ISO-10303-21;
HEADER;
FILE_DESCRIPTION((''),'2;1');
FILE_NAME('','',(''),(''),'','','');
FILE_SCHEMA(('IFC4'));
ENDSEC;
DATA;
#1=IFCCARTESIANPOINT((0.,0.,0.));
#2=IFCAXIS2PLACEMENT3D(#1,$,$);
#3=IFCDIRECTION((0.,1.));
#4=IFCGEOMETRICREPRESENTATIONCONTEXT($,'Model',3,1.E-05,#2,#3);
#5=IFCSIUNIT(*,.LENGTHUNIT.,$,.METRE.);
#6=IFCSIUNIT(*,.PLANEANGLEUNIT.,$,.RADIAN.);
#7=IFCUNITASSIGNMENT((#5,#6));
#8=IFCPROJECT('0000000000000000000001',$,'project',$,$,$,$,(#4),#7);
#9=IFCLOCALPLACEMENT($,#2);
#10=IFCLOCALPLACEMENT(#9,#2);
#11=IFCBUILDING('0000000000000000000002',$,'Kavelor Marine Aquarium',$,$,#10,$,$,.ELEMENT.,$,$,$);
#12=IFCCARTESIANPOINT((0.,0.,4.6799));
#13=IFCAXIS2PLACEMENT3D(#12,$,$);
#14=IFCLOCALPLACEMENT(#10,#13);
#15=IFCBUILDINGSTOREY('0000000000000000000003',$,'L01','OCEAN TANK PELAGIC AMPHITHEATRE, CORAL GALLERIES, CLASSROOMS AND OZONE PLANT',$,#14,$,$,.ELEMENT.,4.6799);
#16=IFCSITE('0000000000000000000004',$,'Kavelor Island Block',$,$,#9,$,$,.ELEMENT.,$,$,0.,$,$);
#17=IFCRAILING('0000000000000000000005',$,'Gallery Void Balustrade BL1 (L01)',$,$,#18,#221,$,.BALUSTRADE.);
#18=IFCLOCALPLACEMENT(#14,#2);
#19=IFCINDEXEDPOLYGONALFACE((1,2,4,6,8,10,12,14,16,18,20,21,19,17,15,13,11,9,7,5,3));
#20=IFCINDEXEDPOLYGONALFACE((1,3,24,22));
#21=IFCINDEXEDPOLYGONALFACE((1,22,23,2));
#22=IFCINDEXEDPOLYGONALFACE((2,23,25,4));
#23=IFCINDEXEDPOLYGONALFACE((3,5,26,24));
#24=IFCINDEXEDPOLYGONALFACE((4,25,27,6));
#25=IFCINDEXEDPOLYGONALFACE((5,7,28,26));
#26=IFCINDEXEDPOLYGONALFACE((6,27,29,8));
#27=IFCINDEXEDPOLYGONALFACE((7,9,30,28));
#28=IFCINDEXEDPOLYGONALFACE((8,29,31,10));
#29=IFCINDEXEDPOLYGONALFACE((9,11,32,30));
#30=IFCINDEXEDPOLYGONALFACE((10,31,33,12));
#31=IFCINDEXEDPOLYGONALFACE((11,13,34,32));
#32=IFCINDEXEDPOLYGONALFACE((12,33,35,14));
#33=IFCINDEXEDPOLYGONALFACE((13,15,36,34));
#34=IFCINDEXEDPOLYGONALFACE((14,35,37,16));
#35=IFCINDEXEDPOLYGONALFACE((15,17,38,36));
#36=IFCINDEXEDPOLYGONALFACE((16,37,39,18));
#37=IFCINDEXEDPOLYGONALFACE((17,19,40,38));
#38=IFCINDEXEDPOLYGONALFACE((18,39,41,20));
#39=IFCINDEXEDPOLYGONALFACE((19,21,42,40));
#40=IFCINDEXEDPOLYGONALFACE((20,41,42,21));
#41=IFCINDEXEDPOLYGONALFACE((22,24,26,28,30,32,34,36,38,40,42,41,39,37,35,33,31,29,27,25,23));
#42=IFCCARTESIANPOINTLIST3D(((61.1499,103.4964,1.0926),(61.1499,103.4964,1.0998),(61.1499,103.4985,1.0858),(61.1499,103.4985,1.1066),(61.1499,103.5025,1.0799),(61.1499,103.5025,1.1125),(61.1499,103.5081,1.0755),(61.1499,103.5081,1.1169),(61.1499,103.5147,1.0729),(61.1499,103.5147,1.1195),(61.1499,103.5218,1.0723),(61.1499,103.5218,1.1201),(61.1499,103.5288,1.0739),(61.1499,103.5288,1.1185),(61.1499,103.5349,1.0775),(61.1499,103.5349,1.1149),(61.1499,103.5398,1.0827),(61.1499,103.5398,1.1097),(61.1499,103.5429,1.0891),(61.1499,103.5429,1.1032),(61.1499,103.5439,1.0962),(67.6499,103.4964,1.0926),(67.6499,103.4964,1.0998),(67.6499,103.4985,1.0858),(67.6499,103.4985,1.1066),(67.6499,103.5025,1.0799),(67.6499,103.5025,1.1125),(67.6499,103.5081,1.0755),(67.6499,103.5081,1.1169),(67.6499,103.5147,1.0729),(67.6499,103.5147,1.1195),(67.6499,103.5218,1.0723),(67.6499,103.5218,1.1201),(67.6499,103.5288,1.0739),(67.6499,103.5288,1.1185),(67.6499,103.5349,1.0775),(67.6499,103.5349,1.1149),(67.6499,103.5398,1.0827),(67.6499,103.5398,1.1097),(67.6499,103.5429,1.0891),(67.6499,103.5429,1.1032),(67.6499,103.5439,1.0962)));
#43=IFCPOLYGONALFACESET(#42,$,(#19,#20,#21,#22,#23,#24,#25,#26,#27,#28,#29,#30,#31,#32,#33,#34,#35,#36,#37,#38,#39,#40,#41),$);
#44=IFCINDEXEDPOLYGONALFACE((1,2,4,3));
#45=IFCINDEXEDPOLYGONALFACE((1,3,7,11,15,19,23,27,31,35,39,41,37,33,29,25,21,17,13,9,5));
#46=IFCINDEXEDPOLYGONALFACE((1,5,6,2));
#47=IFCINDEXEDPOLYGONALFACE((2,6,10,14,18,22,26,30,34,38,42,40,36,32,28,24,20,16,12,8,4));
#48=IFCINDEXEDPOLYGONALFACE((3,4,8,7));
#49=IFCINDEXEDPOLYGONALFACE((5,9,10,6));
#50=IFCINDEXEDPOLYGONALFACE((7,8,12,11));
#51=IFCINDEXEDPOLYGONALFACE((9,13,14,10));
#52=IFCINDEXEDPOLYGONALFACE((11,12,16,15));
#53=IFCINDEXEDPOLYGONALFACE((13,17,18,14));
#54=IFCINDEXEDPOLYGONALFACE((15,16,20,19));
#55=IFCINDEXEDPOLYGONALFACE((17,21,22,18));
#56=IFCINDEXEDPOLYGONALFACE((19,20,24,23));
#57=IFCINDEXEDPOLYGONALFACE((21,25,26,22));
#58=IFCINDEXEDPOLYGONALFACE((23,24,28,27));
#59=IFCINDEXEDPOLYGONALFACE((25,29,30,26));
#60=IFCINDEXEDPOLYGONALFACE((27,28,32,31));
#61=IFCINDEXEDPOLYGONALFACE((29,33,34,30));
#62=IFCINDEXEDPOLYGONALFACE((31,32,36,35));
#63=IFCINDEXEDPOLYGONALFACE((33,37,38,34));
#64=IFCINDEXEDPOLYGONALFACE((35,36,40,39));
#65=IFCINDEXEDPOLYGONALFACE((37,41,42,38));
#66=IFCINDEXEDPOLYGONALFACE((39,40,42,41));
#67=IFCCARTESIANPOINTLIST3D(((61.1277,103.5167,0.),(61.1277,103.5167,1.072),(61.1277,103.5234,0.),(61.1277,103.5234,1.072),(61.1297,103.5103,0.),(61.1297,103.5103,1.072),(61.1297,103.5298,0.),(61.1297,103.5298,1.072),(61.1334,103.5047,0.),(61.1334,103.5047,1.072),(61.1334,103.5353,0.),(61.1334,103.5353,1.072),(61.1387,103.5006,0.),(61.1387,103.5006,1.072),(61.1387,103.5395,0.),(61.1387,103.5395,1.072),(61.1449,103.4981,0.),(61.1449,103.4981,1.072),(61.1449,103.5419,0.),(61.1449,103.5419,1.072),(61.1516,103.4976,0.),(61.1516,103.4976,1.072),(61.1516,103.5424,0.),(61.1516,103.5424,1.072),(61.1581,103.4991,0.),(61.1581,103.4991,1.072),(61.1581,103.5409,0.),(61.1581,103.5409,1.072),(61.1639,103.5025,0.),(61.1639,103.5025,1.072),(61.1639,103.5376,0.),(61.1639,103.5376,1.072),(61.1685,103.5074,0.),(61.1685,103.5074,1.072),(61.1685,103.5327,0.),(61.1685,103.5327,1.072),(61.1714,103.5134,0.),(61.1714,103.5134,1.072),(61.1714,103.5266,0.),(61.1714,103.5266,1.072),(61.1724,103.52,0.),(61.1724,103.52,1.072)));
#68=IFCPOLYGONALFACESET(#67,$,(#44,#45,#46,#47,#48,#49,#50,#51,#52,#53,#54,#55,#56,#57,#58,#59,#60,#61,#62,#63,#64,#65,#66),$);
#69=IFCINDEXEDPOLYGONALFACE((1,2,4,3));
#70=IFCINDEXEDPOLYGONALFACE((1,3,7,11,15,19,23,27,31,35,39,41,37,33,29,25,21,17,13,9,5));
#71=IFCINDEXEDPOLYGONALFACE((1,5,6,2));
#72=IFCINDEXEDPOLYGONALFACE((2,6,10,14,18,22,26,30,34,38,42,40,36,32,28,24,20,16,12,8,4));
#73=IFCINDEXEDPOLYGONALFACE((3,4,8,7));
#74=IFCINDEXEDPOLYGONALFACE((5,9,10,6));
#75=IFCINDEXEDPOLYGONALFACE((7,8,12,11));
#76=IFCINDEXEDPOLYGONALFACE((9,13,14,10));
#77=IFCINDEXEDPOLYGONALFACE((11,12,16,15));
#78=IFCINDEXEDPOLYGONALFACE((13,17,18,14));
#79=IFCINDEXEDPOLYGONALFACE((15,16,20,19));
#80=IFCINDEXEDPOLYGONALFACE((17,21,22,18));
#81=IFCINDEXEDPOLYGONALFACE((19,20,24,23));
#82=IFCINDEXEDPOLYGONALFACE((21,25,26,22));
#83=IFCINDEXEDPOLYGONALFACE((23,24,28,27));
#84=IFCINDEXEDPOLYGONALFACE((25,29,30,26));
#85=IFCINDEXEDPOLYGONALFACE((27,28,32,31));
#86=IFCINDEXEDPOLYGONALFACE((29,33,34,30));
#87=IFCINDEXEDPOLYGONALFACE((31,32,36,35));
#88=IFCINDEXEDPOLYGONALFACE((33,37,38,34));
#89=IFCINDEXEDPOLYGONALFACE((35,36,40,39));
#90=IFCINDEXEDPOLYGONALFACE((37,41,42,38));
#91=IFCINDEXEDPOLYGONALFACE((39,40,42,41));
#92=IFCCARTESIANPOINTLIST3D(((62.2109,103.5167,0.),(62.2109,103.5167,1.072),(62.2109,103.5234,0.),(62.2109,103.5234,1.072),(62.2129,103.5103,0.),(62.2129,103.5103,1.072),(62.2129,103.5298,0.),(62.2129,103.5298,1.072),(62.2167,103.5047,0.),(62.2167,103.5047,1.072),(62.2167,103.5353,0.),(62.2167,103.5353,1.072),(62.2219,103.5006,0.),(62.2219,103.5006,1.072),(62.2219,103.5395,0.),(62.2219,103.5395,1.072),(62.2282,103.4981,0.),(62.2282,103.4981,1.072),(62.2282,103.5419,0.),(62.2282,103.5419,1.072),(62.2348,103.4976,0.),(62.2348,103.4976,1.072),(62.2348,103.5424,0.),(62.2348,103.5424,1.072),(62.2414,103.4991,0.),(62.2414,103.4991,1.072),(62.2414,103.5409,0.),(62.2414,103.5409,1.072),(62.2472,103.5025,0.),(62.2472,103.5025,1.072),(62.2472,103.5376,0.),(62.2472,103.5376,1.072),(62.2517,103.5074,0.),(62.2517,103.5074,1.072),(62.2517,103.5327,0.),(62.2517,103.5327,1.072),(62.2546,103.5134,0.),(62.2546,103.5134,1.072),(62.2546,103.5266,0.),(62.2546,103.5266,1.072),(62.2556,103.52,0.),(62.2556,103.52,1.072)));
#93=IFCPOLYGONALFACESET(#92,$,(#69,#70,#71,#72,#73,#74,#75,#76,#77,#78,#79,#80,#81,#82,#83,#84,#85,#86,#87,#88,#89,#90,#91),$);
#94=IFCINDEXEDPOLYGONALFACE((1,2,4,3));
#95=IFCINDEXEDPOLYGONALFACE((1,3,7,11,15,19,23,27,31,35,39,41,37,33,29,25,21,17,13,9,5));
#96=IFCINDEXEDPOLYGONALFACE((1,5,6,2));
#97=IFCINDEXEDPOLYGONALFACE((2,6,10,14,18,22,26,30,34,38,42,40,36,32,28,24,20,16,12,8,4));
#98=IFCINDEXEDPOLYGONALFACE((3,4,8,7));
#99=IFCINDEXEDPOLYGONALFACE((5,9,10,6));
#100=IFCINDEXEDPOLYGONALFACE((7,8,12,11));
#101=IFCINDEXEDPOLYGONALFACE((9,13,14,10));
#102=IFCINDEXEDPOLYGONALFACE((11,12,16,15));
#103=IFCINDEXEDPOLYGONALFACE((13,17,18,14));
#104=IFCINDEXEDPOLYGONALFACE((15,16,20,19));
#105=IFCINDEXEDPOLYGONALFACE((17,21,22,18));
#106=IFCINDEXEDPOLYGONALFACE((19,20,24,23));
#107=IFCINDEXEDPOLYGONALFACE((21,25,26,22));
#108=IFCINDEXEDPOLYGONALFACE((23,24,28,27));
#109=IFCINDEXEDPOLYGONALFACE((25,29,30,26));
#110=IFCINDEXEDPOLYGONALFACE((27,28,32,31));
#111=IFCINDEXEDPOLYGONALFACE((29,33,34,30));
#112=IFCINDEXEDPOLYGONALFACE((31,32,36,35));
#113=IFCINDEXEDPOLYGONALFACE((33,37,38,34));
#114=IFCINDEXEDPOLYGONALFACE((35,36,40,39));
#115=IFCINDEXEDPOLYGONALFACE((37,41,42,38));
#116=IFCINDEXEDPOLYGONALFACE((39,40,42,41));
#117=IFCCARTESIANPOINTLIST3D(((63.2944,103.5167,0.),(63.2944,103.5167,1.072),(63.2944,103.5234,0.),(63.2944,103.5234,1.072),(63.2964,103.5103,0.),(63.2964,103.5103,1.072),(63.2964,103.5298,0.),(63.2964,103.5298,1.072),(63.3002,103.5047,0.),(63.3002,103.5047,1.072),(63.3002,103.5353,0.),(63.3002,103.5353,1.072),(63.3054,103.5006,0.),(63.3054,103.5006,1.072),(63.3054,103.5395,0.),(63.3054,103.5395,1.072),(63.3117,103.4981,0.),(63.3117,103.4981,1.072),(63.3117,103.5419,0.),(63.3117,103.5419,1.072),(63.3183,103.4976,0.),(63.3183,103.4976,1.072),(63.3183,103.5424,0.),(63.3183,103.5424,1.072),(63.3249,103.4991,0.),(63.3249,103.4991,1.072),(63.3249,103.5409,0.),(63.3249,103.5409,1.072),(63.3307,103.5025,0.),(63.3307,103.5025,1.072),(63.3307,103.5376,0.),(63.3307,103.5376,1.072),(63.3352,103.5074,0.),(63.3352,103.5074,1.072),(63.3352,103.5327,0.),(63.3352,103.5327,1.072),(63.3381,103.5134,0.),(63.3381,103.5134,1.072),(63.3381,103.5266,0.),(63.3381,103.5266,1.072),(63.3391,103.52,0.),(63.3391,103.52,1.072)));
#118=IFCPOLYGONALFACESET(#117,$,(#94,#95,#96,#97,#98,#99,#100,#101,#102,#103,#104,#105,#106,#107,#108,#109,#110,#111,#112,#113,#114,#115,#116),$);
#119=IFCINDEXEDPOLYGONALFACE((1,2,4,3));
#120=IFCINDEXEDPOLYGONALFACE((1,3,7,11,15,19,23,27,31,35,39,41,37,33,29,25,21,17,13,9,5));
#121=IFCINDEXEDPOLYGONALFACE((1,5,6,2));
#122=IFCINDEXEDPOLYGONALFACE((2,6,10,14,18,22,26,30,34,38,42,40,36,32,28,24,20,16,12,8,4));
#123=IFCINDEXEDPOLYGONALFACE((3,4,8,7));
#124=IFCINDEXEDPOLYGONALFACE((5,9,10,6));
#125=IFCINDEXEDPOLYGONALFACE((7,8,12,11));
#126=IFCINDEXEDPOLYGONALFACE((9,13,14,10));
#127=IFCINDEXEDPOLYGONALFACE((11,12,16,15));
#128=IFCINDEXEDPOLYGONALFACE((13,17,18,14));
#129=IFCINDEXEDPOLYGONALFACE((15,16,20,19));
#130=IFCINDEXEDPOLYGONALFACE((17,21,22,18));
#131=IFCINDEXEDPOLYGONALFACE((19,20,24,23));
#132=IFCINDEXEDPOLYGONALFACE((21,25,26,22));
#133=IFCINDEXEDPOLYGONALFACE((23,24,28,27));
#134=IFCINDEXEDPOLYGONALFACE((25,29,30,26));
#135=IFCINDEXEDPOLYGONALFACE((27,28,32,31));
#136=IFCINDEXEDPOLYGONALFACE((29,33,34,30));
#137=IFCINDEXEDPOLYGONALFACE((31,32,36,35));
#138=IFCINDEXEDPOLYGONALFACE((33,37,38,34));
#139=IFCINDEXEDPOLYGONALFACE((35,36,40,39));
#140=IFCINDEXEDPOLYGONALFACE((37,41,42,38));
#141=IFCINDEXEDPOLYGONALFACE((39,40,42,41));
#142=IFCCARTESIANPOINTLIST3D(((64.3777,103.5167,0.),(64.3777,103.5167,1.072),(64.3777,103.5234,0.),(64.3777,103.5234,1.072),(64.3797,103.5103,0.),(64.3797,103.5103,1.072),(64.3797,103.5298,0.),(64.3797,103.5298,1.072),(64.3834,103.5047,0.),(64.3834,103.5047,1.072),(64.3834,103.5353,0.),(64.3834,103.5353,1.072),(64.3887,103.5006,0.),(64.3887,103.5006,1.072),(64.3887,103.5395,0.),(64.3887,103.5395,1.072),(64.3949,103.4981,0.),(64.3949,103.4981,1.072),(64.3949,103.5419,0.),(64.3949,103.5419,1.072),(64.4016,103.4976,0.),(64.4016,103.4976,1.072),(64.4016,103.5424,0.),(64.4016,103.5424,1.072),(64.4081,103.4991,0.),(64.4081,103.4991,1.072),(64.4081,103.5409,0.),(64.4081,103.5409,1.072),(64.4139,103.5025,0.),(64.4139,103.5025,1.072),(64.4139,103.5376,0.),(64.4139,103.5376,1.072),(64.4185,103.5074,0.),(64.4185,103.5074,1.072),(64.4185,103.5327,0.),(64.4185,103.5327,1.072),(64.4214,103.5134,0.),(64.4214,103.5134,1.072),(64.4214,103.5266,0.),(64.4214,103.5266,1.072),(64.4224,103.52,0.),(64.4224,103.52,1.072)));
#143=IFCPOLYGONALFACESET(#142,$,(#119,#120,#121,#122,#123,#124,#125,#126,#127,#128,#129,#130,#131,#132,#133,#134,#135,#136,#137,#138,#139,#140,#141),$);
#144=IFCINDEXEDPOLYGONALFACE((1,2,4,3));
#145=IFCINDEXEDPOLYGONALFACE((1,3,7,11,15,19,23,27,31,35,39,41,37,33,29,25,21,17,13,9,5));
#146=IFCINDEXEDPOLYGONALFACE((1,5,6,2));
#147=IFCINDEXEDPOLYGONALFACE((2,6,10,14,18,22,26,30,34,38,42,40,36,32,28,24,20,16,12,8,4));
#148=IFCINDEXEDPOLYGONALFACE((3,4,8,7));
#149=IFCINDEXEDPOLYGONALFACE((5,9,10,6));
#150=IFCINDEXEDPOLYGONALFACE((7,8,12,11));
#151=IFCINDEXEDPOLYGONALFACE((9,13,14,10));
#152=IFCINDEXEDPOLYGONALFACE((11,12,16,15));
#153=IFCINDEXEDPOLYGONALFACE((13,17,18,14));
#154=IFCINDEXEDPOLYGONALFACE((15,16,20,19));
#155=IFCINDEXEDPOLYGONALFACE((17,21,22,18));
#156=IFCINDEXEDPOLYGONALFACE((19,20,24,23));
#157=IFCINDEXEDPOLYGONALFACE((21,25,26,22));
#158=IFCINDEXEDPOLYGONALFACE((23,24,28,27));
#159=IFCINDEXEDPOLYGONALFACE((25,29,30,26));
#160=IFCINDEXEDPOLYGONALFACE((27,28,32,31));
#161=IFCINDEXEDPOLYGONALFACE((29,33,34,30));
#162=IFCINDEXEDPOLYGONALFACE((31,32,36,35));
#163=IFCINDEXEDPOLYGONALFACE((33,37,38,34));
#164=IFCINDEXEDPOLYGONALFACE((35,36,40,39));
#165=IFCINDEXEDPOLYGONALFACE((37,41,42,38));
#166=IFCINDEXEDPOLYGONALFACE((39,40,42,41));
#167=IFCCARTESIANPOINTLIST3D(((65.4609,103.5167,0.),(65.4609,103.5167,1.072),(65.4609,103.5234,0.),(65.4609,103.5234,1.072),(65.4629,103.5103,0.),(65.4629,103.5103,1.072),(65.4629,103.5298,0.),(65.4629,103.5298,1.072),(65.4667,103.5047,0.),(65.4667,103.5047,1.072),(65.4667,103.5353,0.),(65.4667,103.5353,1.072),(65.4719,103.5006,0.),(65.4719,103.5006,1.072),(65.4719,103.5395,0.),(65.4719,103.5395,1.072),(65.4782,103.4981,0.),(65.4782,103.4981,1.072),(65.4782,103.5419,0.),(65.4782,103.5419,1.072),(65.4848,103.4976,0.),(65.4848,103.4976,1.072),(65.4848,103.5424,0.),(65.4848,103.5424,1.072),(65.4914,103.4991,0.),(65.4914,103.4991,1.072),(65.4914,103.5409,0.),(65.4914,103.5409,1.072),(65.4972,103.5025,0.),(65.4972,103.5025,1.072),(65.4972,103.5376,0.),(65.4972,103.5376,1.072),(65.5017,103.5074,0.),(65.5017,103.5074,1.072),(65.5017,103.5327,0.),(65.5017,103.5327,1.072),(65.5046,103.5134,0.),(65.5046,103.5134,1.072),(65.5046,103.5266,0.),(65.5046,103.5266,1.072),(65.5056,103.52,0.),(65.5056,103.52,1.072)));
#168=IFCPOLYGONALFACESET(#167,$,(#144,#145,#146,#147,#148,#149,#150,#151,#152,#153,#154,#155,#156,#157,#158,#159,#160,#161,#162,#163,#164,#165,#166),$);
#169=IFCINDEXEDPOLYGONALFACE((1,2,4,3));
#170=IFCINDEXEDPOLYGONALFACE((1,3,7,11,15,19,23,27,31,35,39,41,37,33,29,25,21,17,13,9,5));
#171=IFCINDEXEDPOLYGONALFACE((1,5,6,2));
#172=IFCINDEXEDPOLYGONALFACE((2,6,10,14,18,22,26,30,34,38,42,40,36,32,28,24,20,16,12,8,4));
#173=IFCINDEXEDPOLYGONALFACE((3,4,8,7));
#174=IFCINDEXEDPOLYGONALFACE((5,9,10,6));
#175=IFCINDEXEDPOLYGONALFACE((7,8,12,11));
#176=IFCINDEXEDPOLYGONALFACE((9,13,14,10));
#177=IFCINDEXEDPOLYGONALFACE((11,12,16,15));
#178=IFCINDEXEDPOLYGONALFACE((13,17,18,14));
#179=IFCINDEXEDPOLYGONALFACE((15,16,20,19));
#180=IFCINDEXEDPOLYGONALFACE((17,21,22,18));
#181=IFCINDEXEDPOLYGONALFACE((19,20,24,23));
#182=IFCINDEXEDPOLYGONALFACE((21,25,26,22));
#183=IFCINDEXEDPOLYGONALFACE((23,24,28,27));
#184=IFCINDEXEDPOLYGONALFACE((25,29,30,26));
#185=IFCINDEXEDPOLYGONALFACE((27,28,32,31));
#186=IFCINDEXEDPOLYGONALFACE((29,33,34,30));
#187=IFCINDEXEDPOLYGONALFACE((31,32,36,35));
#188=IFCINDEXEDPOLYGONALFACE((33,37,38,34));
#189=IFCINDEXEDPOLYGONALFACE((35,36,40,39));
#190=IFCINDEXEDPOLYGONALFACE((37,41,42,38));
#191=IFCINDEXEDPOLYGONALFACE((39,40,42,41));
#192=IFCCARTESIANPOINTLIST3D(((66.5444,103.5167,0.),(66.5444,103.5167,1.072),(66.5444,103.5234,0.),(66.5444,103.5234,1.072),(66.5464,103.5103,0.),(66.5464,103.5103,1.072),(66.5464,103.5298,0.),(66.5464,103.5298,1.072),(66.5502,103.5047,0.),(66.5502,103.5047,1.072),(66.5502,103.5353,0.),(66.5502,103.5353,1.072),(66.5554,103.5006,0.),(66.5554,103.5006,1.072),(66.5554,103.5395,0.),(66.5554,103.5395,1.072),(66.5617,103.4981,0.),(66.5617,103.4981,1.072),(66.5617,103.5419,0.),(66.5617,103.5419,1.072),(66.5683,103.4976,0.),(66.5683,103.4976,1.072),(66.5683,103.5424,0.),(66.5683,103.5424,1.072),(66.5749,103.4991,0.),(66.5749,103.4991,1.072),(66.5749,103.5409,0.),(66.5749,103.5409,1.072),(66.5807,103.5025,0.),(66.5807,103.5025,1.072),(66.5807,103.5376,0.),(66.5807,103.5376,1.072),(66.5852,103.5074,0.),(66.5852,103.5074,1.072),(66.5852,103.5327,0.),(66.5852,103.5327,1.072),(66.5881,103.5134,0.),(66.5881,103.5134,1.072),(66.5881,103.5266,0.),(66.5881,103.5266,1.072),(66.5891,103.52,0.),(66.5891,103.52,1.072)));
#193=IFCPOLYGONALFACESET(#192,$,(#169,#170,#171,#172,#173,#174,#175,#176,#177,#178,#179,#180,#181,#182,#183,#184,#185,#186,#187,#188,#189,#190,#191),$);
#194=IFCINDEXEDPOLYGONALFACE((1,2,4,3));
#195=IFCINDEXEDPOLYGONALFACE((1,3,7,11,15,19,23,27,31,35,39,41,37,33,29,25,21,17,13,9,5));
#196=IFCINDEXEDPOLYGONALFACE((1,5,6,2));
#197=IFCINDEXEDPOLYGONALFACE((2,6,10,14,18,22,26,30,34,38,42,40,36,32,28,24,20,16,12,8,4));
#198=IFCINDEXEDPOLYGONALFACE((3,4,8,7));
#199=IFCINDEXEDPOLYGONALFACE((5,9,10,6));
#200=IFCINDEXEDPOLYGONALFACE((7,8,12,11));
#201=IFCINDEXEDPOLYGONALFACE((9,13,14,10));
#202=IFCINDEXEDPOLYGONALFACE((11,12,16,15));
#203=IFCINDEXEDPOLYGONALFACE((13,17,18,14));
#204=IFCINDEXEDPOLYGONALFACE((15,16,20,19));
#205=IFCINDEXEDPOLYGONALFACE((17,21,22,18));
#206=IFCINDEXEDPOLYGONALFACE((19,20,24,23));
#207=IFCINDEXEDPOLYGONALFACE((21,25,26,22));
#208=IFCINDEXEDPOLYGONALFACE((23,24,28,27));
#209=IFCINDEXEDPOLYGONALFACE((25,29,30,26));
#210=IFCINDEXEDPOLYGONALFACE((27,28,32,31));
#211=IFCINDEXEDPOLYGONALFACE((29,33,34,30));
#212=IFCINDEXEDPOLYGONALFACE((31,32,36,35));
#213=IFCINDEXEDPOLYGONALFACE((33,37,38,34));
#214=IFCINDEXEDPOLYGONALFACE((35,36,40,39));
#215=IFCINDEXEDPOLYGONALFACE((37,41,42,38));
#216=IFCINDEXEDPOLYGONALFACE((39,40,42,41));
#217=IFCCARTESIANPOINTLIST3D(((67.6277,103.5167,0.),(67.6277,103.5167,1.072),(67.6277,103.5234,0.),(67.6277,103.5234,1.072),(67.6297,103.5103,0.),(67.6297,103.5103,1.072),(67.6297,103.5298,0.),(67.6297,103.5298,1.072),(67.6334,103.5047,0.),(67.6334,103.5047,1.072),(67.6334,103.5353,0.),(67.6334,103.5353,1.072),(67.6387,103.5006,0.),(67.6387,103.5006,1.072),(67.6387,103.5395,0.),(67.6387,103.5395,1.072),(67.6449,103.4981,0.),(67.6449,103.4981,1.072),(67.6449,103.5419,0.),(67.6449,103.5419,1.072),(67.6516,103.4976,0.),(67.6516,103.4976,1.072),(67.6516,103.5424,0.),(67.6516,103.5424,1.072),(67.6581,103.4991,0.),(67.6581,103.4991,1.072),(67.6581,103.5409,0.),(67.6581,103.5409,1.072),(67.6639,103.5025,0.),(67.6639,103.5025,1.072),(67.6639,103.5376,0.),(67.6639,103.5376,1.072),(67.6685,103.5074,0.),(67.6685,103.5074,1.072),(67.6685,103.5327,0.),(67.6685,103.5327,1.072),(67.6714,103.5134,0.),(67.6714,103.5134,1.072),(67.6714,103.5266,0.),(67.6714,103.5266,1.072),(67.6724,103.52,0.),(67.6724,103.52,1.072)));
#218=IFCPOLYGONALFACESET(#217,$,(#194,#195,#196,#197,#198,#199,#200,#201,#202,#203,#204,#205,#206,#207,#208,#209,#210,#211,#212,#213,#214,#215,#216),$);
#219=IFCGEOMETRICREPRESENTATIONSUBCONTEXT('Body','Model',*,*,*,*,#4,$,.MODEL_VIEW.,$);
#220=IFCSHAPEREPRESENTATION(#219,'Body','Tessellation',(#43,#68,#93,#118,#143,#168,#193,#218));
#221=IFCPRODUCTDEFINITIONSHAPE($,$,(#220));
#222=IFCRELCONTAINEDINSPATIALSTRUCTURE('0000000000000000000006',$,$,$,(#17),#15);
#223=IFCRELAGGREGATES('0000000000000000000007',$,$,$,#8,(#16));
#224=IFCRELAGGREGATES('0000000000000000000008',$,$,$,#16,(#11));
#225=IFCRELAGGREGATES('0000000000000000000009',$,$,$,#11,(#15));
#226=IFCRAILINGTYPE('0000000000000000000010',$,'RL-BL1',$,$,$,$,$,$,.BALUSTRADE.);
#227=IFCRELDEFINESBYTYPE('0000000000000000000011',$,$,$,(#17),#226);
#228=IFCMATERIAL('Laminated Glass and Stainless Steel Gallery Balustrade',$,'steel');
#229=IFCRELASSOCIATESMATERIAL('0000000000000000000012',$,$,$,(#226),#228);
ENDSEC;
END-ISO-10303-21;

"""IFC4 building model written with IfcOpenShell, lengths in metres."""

from ifc_helpers import new_model, si_unit, direction, frame, origin, origin_2d, place, context, subcontext, project, spatial, circle, extrude, material, type_object, element, save


model = new_model("IFC4")

# Units and contexts
model_context = context("Model", 3, precision=1e-05, world=origin(), true_north=direction((0.0, 1.0)))
body_context = subcontext(model_context, "Body", "Model", "MODEL_VIEW")
ifc_project = project(units=[si_unit("LENGTHUNIT", "METRE"), si_unit("PLANEANGLEUNIT", "RADIAN")], contexts=[model_context])

# Site, building, storey
site_placement = place(None, origin())
site = spatial("IfcSite", under=ifc_project, at=site_placement, Name="Kavelor Island Block", CompositionType="ELEMENT", RefElevation=0.0)
building_placement = place(site_placement, origin())
building = spatial("IfcBuilding", under=site, at=building_placement, Name="Kavelor Marine Aquarium", CompositionType="ELEMENT")
storey_placement = place(building_placement, frame((0.0, 0.0, 4.6799)))
storey = spatial("IfcBuildingStorey", under=building, at=storey_placement, Name="L01", Description="OCEAN TANK PELAGIC AMPHITHEATRE, CORAL GALLERIES, CLASSROOMS AND OZONE PLANT", CompositionType="ELEMENT", Elevation=4.6799)

# Railing
ifc_material_1 = material(Name="Laminated Glass and Stainless Steel Gallery Balustrade", Category="steel")
railing_type = type_object("IfcRailingType", Name="RL-BL1", PredefinedType="BALUSTRADE", material=ifc_material_1)
railing_placement = place(storey_placement, frame((61.1499, 103.52, 0.0)))
element("IfcRailing", 1, at=railing_placement, inside=storey, type_object=railing_type, Name="Gallery Void Balustrade BL1 (L01)", PredefinedType="BALUSTRADE", context=body_context, shape_type="SweptSolid", body=[
    extrude(circle(Radius=0.0239, at=origin_2d()), frame((0.0, 0.0, 1.0962), z_axis=(1.0, 0.0, 0.0), x_axis=(0.0, 1.0, 0.0)), (0.0, 0.0, 1.0), 6.5),
    extrude(circle(Radius=0.0225, at=origin_2d()), origin(), (0.0, 0.0, 1.0), 1.072),
    extrude(circle(Radius=0.0225, at=origin_2d()), frame((1.0833, 0.0, 0.0)), (0.0, 0.0, 1.0), 1.072),
    extrude(circle(Radius=0.0225, at=origin_2d()), frame((2.1667, 0.0, 0.0)), (0.0, 0.0, 1.0), 1.072),
    extrude(circle(Radius=0.0225, at=origin_2d()), frame((3.25, 0.0, 0.0)), (0.0, 0.0, 1.0), 1.072),
    extrude(circle(Radius=0.0225, at=origin_2d()), frame((4.3333, 0.0, 0.0)), (0.0, 0.0, 1.0), 1.072),
    extrude(circle(Radius=0.0225, at=origin_2d()), frame((5.4167, 0.0, 0.0)), (0.0, 0.0, 1.0), 1.072),
    extrude(circle(Radius=0.0225, at=origin_2d()), frame((6.5, 0.0, 0.0)), (0.0, 0.0, 1.0), 1.072),
])

save(model, "model.ifc")
